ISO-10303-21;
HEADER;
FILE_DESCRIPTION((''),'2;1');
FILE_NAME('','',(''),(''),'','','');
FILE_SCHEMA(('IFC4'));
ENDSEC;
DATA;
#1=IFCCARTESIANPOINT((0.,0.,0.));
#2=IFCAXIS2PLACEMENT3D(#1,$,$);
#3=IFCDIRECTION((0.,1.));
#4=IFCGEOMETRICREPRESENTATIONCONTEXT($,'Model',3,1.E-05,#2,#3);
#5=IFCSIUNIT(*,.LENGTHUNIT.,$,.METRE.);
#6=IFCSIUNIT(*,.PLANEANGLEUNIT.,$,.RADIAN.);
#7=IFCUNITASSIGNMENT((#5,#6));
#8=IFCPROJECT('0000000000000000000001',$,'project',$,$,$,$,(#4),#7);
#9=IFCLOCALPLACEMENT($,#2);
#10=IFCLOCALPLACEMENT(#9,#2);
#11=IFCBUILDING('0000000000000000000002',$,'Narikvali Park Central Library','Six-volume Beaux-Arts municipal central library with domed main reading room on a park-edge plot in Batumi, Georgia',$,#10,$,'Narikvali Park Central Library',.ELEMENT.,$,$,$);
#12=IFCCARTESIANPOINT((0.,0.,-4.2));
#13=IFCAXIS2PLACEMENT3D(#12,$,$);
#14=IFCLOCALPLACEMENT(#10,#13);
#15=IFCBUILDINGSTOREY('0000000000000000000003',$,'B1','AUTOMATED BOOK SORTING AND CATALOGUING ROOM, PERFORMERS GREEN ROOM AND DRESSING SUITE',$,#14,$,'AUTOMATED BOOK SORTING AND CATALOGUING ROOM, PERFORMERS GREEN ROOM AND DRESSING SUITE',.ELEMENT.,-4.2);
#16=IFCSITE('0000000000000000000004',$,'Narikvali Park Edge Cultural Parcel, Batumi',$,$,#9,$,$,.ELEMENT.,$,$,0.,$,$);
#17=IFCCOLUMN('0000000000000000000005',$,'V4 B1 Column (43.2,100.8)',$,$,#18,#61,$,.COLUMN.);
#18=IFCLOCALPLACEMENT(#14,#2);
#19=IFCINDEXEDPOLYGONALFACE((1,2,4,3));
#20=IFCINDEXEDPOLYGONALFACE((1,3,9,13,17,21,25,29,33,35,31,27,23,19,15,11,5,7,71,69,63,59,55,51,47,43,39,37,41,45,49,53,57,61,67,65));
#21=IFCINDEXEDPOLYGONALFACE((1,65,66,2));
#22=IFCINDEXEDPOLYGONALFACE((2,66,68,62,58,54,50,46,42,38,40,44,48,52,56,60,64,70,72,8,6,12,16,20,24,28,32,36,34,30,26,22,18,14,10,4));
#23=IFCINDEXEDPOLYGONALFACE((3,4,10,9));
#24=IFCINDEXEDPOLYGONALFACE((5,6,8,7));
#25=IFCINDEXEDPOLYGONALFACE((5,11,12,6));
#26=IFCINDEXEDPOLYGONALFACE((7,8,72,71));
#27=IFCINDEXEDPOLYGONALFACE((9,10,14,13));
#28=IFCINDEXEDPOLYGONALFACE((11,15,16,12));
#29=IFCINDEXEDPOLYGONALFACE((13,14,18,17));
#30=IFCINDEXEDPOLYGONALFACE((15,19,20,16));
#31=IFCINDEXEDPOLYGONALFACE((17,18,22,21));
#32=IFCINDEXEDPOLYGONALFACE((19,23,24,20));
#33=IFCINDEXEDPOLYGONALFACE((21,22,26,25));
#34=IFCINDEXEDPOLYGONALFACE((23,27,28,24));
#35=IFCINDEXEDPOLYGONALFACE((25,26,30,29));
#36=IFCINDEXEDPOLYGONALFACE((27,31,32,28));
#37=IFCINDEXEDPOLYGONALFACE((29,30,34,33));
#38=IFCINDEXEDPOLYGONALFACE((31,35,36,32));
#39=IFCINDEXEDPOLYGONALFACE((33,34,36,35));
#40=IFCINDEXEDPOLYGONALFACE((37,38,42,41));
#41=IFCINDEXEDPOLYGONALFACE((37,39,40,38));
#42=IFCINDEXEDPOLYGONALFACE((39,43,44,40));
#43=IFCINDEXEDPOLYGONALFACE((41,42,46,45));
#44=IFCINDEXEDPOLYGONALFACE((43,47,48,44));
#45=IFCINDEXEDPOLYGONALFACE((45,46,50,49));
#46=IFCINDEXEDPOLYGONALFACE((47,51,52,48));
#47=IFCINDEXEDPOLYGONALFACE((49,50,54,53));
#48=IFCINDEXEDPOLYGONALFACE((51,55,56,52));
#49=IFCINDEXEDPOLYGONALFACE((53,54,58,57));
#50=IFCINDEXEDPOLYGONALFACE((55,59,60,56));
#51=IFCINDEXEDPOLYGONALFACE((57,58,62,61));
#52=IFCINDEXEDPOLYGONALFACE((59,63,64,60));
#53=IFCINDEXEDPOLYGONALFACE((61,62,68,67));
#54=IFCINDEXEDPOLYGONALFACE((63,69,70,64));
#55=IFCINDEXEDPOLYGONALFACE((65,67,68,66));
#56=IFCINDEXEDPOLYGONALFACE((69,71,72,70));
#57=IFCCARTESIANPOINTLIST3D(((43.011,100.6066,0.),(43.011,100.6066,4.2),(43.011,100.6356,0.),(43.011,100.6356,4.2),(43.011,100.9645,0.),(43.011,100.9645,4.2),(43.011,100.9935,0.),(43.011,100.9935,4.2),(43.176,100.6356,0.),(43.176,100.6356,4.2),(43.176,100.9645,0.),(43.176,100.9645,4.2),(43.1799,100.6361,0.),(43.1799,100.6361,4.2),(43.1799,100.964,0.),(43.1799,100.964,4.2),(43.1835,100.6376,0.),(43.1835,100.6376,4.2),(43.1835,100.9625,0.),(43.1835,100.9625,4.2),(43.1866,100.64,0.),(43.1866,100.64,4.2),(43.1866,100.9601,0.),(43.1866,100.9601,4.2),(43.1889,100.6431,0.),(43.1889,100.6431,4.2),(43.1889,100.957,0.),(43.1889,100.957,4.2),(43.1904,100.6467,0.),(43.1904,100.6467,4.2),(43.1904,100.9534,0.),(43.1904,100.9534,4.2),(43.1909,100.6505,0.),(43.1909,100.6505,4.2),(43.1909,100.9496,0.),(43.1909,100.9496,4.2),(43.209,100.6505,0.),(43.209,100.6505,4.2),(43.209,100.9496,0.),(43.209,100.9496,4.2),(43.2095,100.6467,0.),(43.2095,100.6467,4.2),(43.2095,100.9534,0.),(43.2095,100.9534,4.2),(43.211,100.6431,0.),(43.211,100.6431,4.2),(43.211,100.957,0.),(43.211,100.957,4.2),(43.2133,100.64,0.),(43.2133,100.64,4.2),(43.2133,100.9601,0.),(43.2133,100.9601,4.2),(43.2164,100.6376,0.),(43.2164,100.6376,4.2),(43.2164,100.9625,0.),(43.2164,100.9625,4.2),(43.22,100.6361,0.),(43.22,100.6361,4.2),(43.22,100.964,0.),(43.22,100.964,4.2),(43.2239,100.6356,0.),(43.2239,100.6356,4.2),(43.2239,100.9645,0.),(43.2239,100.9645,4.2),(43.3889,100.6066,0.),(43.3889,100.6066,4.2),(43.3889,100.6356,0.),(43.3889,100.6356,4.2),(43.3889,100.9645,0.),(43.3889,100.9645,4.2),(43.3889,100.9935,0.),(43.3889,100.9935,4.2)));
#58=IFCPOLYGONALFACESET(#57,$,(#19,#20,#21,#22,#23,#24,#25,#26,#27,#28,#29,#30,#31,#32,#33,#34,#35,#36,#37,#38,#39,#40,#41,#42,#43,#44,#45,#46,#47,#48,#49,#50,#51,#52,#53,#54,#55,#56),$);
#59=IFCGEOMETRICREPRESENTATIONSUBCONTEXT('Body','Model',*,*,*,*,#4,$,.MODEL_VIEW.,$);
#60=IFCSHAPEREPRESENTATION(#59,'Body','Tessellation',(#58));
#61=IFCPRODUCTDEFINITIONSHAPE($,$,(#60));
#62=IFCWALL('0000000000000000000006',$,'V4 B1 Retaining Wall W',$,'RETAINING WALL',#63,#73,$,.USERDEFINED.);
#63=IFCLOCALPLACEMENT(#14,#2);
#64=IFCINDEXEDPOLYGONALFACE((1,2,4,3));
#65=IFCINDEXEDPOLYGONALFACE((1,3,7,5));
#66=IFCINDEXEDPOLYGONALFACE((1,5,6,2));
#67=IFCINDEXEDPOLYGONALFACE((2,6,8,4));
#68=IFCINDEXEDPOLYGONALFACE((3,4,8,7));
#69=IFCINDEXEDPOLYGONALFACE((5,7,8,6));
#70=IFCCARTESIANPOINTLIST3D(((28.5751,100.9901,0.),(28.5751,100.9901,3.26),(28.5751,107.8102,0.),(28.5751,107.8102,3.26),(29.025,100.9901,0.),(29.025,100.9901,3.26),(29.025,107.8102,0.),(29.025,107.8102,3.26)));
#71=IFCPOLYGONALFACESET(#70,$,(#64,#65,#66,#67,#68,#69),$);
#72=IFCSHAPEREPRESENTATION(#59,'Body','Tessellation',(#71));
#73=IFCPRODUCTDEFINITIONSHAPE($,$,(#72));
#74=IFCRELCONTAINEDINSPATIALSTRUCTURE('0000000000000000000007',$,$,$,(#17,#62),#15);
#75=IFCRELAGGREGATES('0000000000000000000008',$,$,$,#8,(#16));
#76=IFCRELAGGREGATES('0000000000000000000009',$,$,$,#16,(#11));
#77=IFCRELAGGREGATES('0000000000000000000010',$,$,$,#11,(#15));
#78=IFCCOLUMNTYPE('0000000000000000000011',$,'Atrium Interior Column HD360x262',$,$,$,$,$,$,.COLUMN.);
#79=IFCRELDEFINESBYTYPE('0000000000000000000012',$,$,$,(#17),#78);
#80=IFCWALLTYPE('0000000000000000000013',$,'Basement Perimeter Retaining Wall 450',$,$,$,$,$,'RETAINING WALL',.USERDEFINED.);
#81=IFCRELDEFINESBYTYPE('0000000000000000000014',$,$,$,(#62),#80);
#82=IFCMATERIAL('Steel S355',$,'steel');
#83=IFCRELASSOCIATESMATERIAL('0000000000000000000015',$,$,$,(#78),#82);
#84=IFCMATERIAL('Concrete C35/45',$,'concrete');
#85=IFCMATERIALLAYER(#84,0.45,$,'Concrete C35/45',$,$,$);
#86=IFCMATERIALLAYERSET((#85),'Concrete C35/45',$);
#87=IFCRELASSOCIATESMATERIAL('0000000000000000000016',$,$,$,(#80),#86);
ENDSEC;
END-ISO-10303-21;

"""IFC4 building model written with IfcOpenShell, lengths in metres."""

from ifc_helpers import new_model, si_unit, direction, frame, frame_2d, origin, origin_2d, place, context, subcontext, project, spatial, rectangle, i_section, extrude, material, layer, layer_set, material_profile, profile_set, type_object, element, save


model = new_model("IFC4")

# Units and contexts
model_context = context("Model", 3, precision=1e-05, world=origin(), true_north=direction((0.0, 1.0)))
body_context = subcontext(model_context, "Body", "Model", "MODEL_VIEW")
ifc_project = project(units=[si_unit("LENGTHUNIT", "METRE"), si_unit("PLANEANGLEUNIT", "RADIAN")], contexts=[model_context])

# Site, building, storey
site_placement = place(None, origin())
site = spatial("IfcSite", under=ifc_project, at=site_placement, Name="Narikvali Park Edge Cultural Parcel, Batumi", CompositionType="ELEMENT", RefElevation=0.0)
building_placement = place(site_placement, origin())
building = spatial("IfcBuilding", under=site, at=building_placement, Name="Narikvali Park Central Library", Description="Six-volume Beaux-Arts municipal central library with domed main reading room on a park-edge plot in Batumi, Georgia", LongName="Narikvali Park Central Library", CompositionType="ELEMENT")
storey_placement = place(building_placement, frame((0.0, 0.0, -4.2)))
storey = spatial("IfcBuildingStorey", under=building, at=storey_placement, Name="B1", Description="AUTOMATED BOOK SORTING AND CATALOGUING ROOM, PERFORMERS GREEN ROOM AND DRESSING SUITE", LongName="AUTOMATED BOOK SORTING AND CATALOGUING ROOM, PERFORMERS GREEN ROOM AND DRESSING SUITE", CompositionType="ELEMENT", Elevation=-4.2)

# Shared definitions
ifc_material_1 = material(Name="Concrete C35/45", Category="concrete")

# Column
ifc_material_2 = material(Name="Steel S355", Category="steel")
ifc_material_profile_1 = material_profile(ifc_material_2, i_section(OverallWidth=0.3779, OverallDepth=0.387, WebThickness=0.0181, FlangeThickness=0.0291, FilletRadius=0.0149, at=origin_2d()), Name="HD 360x262")
ifc_profile_set_1 = profile_set([ifc_material_profile_1], Name="Steel S355")
column_type_1 = type_object("IfcColumnType", Name="Atrium Interior Column HD360x262", PredefinedType="COLUMN", material=ifc_profile_set_1)
for number, where, z_axis, x_axis, name in (
    (1, (43.2, 100.8, 0.0), (0.0, 0.0, 1.0), (1.0, 0.0, 0.0), "V4 B1 Column (43.2,100.8)"),
):
    element("IfcColumn", number, at=place(storey_placement, frame(where, z_axis=z_axis, x_axis=x_axis)), inside=storey, type_object=column_type_1, Name=name, PredefinedType="COLUMN", context=body_context, shape_type="SweptSolid", body=[
        extrude(i_section(OverallWidth=0.3779, OverallDepth=0.387, WebThickness=0.0181, FlangeThickness=0.0291, FilletRadius=0.0149, at=origin_2d()), origin(), (0.0, 0.0, 1.0), 4.2),
    ])

# Wall
ifc_layer_1 = layer(ifc_material_1, 0.45, Name="Concrete C35/45")
ifc_layer_set_1 = layer_set([ifc_layer_1], Name="Concrete C35/45")
wall_type_1 = type_object("IfcWallType", Name="Basement Perimeter Retaining Wall 450", ElementType="RETAINING WALL", PredefinedType="USERDEFINED", material=ifc_layer_set_1)
wall_1_placement = place(storey_placement, frame((28.8, 100.99, 0.0), z_axis=(0.0, 0.0, 1.0), x_axis=(0.0, 1.0, 0.0)))
element("IfcWall", 2, at=wall_1_placement, inside=storey, type_object=wall_type_1, Name="V4 B1 Retaining Wall W", ObjectType="RETAINING WALL", PredefinedType="USERDEFINED", context=body_context, shape_type="SweptSolid", body=[
    extrude(rectangle(XDim=6.8201, YDim=0.45, at=frame_2d((3.4102, 0.0))), origin(), (0.0, 0.0, 1.0), 3.26),
])

save(model, "model.ifc")
